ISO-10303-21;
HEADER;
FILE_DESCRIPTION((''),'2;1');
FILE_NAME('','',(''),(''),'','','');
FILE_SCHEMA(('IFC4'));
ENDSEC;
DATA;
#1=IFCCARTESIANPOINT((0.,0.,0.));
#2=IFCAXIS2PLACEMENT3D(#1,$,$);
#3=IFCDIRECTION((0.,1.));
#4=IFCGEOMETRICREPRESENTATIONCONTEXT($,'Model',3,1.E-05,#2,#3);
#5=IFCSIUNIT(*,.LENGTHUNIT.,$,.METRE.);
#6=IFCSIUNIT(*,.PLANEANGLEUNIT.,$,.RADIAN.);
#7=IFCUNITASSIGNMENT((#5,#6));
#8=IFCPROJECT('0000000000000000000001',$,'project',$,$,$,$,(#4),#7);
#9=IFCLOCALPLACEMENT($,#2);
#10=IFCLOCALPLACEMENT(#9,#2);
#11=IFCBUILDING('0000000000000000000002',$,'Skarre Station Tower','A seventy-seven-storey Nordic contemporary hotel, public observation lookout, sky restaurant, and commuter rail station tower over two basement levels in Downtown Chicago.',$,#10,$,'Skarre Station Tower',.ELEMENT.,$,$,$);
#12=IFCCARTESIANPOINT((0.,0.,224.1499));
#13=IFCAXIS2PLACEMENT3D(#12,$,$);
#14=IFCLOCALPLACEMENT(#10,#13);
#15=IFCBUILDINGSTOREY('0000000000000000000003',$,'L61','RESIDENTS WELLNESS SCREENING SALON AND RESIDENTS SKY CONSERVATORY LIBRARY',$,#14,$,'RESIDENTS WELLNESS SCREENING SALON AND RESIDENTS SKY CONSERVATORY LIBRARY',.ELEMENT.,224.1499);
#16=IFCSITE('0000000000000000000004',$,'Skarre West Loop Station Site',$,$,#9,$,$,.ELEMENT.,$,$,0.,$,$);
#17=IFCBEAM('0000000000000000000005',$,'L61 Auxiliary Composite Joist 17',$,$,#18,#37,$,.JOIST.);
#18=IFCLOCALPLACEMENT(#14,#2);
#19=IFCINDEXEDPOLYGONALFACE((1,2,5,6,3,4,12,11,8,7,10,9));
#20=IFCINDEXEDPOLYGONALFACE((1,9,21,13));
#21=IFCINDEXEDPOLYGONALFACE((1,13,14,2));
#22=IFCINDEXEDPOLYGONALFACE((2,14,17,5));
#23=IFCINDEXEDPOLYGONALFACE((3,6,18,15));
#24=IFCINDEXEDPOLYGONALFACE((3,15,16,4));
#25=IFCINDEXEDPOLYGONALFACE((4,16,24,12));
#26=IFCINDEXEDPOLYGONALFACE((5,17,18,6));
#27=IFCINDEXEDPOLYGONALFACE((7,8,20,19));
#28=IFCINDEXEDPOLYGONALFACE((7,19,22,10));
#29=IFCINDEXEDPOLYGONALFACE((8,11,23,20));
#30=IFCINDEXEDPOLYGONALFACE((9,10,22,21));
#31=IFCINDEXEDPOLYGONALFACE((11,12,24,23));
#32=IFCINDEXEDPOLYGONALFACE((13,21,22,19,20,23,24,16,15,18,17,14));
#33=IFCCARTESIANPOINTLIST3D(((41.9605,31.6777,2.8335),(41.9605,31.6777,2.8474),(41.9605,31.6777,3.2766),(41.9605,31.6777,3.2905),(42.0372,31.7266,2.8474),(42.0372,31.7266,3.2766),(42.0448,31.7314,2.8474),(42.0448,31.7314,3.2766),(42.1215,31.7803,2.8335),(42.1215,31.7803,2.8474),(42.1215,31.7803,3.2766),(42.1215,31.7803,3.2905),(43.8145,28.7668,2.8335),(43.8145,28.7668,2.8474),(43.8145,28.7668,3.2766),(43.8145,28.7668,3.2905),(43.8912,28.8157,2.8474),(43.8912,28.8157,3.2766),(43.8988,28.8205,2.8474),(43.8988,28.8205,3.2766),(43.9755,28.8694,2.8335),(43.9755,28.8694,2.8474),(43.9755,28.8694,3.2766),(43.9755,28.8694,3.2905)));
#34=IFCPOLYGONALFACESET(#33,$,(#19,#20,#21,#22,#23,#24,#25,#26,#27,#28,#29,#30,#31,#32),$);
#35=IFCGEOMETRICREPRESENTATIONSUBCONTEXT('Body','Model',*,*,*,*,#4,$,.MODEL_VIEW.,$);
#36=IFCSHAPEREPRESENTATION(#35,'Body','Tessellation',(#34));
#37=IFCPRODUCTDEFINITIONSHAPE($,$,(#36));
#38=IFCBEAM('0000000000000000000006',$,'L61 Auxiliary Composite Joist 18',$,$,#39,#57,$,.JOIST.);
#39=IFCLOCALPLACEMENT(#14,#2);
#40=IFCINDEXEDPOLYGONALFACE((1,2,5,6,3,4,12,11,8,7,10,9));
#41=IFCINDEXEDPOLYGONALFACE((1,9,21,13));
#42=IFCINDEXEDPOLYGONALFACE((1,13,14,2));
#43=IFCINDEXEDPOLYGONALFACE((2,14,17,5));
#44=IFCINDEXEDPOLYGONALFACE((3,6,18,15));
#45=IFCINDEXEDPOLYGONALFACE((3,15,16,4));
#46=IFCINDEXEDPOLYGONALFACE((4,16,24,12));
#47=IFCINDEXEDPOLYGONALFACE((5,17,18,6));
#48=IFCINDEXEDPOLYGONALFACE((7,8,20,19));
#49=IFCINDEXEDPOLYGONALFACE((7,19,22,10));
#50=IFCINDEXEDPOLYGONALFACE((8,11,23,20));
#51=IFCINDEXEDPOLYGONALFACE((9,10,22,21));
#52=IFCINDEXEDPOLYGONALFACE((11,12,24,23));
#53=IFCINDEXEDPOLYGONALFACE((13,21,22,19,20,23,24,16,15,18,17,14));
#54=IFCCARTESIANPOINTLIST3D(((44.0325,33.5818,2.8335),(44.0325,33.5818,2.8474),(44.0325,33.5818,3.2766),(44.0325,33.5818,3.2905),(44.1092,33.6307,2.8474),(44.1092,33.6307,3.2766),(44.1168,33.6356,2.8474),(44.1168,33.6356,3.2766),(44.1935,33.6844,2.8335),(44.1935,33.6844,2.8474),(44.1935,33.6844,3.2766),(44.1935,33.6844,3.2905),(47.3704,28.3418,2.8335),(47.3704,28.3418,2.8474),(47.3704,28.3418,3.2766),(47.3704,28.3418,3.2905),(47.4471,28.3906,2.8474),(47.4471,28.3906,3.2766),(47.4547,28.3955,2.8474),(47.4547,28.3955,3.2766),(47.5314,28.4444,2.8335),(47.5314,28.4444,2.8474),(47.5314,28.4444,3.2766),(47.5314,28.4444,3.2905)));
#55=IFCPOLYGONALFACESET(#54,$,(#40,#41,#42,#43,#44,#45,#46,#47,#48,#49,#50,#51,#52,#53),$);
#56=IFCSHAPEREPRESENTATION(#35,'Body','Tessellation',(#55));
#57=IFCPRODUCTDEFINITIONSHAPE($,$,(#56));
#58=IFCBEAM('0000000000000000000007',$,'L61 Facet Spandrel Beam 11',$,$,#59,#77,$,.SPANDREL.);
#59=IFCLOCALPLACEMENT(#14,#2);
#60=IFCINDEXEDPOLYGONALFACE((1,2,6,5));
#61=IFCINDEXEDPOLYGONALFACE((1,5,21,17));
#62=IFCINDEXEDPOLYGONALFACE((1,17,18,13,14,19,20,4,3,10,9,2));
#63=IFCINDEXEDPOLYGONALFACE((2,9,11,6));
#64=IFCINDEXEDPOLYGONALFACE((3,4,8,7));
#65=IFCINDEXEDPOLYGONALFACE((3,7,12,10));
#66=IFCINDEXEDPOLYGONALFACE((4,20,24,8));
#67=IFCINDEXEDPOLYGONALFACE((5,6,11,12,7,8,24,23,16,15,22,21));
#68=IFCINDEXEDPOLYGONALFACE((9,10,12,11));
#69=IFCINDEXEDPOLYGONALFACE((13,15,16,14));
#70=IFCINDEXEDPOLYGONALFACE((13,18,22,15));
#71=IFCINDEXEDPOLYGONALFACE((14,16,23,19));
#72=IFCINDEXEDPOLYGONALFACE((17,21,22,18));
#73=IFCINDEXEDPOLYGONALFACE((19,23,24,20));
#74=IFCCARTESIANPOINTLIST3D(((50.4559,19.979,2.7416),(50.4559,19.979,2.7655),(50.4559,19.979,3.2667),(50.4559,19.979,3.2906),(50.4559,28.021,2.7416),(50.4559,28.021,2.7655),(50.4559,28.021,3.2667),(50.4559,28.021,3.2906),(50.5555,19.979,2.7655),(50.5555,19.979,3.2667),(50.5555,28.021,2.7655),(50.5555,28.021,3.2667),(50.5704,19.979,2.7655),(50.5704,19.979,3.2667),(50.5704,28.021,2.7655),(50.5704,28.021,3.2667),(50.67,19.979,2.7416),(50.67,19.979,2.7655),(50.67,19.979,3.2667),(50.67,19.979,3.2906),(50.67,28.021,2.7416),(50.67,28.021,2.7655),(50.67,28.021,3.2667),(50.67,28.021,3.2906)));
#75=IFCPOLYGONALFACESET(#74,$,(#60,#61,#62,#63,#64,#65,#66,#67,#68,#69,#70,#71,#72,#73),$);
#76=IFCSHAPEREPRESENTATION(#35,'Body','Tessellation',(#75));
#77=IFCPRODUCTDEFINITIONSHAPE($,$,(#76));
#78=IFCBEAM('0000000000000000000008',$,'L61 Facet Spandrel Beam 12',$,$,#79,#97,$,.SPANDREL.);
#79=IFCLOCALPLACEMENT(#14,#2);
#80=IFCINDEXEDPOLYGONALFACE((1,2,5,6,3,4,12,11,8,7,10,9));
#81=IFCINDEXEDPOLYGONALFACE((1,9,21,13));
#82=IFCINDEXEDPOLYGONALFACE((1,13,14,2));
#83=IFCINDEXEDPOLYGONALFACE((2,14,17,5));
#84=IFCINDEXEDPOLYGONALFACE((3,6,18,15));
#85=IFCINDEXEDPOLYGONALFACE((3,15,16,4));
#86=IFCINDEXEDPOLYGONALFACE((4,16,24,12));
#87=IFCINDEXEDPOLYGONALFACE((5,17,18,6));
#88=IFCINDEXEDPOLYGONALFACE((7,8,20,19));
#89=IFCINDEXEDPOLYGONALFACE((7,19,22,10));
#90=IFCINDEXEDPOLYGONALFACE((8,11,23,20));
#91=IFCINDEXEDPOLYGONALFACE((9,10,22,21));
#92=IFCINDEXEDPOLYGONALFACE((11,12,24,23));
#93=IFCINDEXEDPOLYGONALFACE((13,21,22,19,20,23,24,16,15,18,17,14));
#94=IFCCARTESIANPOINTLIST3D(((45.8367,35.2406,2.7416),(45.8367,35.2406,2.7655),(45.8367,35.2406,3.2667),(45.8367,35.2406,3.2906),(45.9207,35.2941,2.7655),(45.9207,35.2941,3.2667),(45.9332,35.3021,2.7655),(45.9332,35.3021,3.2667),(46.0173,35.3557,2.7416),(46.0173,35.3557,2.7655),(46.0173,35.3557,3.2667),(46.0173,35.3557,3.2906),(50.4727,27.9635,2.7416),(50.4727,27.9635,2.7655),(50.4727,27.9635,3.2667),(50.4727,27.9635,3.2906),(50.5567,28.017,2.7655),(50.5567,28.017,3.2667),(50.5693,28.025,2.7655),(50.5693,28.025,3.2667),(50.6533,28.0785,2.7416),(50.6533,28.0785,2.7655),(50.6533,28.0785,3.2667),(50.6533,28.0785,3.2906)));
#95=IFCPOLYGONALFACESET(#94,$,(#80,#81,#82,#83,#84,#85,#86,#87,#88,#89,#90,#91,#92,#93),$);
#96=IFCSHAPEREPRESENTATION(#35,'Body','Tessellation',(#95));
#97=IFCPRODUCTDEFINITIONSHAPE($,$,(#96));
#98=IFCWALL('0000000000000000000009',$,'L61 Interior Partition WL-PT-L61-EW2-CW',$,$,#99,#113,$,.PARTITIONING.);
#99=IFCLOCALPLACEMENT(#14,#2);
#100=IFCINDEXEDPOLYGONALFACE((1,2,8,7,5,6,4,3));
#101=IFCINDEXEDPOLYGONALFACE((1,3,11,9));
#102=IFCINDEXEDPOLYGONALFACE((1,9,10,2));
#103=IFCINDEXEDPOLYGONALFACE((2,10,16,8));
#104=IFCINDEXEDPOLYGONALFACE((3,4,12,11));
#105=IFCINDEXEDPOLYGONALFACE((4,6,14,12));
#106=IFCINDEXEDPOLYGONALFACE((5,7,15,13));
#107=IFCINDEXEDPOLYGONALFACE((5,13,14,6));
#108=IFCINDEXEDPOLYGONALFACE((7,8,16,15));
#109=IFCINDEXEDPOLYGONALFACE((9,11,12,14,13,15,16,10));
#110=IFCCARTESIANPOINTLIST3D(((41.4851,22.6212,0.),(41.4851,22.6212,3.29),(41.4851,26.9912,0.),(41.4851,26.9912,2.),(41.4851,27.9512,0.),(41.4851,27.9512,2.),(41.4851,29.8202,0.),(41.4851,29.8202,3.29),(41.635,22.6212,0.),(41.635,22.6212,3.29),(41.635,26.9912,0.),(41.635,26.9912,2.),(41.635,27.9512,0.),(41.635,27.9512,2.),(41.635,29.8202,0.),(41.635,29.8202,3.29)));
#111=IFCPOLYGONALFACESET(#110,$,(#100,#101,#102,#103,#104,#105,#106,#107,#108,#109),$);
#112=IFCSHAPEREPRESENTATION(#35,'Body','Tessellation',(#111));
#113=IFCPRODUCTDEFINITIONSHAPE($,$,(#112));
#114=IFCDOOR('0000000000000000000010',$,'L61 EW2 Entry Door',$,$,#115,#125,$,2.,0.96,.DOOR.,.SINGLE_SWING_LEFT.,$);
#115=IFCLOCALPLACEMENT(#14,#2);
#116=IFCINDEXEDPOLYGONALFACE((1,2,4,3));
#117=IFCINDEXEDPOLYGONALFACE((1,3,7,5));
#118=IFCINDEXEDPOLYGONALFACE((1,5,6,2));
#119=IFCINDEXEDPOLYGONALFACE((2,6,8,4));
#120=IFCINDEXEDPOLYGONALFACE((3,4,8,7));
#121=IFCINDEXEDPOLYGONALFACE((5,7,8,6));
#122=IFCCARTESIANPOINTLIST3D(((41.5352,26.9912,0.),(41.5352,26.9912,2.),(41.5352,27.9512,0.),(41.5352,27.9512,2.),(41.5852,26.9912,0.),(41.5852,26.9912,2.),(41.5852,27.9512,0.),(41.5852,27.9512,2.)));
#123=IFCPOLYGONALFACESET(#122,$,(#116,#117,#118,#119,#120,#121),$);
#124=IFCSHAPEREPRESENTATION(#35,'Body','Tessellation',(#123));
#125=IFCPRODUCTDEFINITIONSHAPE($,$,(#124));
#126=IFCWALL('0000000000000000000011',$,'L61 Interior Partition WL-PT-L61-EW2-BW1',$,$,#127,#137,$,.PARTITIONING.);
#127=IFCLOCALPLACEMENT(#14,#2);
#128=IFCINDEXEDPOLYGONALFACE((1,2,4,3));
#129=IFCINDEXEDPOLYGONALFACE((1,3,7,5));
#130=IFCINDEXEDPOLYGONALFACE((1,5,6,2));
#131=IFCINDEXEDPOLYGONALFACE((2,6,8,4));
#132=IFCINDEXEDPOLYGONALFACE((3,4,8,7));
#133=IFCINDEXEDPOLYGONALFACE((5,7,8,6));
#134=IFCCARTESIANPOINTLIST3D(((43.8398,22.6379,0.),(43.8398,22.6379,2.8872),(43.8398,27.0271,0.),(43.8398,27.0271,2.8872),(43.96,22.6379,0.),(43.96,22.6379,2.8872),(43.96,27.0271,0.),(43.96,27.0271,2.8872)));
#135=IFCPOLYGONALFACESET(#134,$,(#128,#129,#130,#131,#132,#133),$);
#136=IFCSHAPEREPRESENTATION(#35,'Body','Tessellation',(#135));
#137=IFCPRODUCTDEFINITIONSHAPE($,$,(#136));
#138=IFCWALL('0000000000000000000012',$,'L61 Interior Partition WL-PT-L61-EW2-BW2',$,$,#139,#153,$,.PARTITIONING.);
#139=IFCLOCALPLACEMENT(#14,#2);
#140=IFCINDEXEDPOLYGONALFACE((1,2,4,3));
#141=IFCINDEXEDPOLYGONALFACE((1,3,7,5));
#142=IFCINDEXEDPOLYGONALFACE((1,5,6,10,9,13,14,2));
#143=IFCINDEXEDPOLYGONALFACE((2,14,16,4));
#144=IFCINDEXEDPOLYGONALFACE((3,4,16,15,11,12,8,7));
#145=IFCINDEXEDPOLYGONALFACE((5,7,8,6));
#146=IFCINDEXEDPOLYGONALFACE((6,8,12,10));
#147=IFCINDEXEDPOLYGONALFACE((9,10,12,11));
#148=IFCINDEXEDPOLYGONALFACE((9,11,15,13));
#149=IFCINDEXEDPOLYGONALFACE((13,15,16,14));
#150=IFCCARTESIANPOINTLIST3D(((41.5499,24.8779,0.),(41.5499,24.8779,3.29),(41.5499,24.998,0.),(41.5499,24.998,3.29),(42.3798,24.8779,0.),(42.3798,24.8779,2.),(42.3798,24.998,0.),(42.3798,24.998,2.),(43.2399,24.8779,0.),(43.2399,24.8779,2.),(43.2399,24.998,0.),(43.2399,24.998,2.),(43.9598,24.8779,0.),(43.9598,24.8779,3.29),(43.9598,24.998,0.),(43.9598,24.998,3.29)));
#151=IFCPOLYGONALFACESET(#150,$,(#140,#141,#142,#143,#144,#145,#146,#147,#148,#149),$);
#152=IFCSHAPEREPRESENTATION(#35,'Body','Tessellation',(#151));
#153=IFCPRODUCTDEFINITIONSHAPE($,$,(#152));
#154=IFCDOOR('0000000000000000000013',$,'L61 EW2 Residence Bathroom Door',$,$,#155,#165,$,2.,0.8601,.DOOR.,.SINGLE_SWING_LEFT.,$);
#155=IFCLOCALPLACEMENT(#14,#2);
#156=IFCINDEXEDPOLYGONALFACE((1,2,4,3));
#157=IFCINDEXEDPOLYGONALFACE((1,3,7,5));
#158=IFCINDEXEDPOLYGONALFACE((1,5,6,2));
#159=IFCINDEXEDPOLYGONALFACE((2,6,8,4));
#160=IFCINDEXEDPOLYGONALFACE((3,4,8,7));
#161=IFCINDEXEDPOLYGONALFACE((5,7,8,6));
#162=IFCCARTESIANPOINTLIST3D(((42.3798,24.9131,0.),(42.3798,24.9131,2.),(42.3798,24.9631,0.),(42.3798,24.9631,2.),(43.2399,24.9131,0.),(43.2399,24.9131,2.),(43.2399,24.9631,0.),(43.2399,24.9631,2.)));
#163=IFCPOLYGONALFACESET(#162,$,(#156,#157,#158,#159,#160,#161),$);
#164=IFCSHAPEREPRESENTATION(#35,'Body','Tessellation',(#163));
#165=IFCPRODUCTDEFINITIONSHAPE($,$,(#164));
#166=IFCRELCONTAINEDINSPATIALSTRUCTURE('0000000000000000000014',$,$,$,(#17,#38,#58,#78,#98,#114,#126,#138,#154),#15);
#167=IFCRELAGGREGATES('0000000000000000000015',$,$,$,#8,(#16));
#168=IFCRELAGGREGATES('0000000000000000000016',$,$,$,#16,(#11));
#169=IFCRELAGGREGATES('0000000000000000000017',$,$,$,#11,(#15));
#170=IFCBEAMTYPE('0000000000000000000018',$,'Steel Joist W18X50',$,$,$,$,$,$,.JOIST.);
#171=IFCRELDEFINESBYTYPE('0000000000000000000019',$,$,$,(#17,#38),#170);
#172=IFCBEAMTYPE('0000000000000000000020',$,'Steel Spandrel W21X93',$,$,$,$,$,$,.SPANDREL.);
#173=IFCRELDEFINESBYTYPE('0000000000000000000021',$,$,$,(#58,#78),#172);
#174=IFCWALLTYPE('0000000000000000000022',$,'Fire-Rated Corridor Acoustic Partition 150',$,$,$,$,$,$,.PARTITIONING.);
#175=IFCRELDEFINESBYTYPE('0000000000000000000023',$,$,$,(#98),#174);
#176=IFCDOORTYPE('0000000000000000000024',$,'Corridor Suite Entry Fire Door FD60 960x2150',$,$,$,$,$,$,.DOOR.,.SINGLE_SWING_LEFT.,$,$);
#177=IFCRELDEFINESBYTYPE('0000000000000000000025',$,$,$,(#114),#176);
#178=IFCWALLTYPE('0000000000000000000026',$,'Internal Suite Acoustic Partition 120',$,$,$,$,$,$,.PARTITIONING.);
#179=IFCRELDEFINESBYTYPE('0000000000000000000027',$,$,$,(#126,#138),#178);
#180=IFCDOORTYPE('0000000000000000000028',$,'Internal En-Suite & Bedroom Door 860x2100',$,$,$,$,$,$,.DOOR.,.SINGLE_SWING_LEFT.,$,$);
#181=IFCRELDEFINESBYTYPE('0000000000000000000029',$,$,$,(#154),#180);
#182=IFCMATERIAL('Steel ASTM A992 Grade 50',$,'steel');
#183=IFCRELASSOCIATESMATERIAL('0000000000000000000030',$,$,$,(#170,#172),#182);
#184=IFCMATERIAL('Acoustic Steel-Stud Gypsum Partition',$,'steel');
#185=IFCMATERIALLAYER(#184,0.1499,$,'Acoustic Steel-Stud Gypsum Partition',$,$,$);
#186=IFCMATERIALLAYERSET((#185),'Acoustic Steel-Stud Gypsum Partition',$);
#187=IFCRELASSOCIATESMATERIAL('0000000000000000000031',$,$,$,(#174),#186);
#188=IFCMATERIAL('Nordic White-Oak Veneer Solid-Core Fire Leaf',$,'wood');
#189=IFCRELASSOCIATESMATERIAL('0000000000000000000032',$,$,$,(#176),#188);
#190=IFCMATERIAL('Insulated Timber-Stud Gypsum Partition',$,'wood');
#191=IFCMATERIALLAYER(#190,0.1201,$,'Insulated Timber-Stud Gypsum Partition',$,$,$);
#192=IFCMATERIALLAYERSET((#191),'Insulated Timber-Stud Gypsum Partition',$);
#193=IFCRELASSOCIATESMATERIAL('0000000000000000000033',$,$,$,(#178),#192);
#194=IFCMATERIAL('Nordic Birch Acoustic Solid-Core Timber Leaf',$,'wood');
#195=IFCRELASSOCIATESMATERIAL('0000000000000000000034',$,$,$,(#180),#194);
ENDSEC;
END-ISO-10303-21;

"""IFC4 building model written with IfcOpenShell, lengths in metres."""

from ifc_helpers import new_model, si_unit, direction, frame, frame_2d, origin, origin_2d, place, context, subcontext, project, spatial, rectangle, i_section, extrude, material, layer, layer_set, material_profile, profile_set, type_object, element, fill, save


model = new_model("IFC4")

# Units and contexts
model_context = context("Model", 3, precision=1e-05, world=origin(), true_north=direction((0.0, 1.0)))
body_context = subcontext(model_context, "Body", "Model", "MODEL_VIEW")
ifc_project = project(units=[si_unit("LENGTHUNIT", "METRE"), si_unit("PLANEANGLEUNIT", "RADIAN")], contexts=[model_context])

# Site, building, storey
site_placement = place(None, origin())
site = spatial("IfcSite", under=ifc_project, at=site_placement, Name="Skarre West Loop Station Site", CompositionType="ELEMENT", RefElevation=0.0)
building_placement = place(site_placement, origin())
building = spatial("IfcBuilding", under=site, at=building_placement, Name="Skarre Station Tower", Description="A seventy-seven-storey Nordic contemporary hotel, public observation lookout, sky restaurant, and commuter rail station tower over two basement levels in Downtown Chicago.", LongName="Skarre Station Tower", CompositionType="ELEMENT")
storey_placement = place(building_placement, frame((0.0, 0.0, 224.1499)))
storey = spatial("IfcBuildingStorey", under=building, at=storey_placement, Name="L61", Description="RESIDENTS WELLNESS SCREENING SALON AND RESIDENTS SKY CONSERVATORY LIBRARY", LongName="RESIDENTS WELLNESS SCREENING SALON AND RESIDENTS SKY CONSERVATORY LIBRARY", CompositionType="ELEMENT", Elevation=224.1499)

# Beams
ifc_material_1 = material(Name="Steel ASTM A992 Grade 50", Category="steel")
ifc_material_profile_1 = material_profile(ifc_material_1, i_section(OverallWidth=0.1909, OverallDepth=0.457, WebThickness=0.009, FlangeThickness=0.0139, at=origin_2d()), Name="Steel ASTM A992 Grade 50")
ifc_profile_set_1 = profile_set([ifc_material_profile_1], Name="Steel ASTM A992 Grade 50")
beam_type_1 = type_object("IfcBeamType", Name="Steel Joist W18X50", PredefinedType="JOIST", material=ifc_profile_set_1)
beam_1_placement = place(storey_placement, frame((43.895, 28.8181, 3.062), z_axis=(-0.53721, 0.843449, 0.0), x_axis=(-0.843449, -0.53721, 0.0)))
element("IfcBeam", 1, at=beam_1_placement, inside=storey, type_object=beam_type_1, Name="L61 Auxiliary Composite Joist 17", PredefinedType="JOIST", context=body_context, shape_type="SweptSolid", body=[
    extrude(i_section(OverallWidth=0.1909, OverallDepth=0.457, WebThickness=0.009, FlangeThickness=0.0139, at=origin_2d()), origin(), (0.0, 0.0, 1.0), 3.4512),
])
beam_2_placement = place(storey_placement, frame((47.4509, 28.3931, 3.062), z_axis=(-0.537259, 0.843417, 0.0), x_axis=(-0.843417, -0.537259, 0.0)))
element("IfcBeam", 2, at=beam_2_placement, inside=storey, type_object=beam_type_1, Name="L61 Auxiliary Composite Joist 18", PredefinedType="JOIST", context=body_context, shape_type="SweptSolid", body=[
    extrude(i_section(OverallWidth=0.1909, OverallDepth=0.457, WebThickness=0.009, FlangeThickness=0.0139, at=origin_2d()), origin(), (0.0, 0.0, 1.0), 6.2129),
])
ifc_material_profile_2 = material_profile(ifc_material_1, i_section(OverallWidth=0.2141, OverallDepth=0.5491, WebThickness=0.0149, FlangeThickness=0.0239, at=origin_2d()), Name="Steel ASTM A992 Grade 50")
ifc_profile_set_2 = profile_set([ifc_material_profile_2], Name="Steel ASTM A992 Grade 50")
beam_type_2 = type_object("IfcBeamType", Name="Steel Spandrel W21X93", PredefinedType="SPANDREL", material=ifc_profile_set_2)
beam_3_placement = place(storey_placement, frame((50.563, 19.979, 3.0161), z_axis=(0.0, 1.0, 0.0), x_axis=(-1.0, 0.0, 0.0)))
element("IfcBeam", 3, at=beam_3_placement, inside=storey, type_object=beam_type_2, Name="L61 Facet Spandrel Beam 11", PredefinedType="SPANDREL", context=body_context, shape_type="SweptSolid", body=[
    extrude(i_section(OverallWidth=0.2141, OverallDepth=0.5491, WebThickness=0.0149, FlangeThickness=0.0239, at=origin_2d()), origin(), (0.0, 0.0, 1.0), 8.042),
])
beam_4_placement = place(storey_placement, frame((50.563, 28.021, 3.0161), z_axis=(-0.537297, 0.843393, 0.0), x_axis=(-0.843393, -0.537297, 0.0)))
element("IfcBeam", 4, at=beam_4_placement, inside=storey, type_object=beam_type_2, Name="L61 Facet Spandrel Beam 12", PredefinedType="SPANDREL", context=body_context, shape_type="SweptSolid", body=[
    extrude(i_section(OverallWidth=0.2141, OverallDepth=0.5491, WebThickness=0.0149, FlangeThickness=0.0239, at=origin_2d()), origin(), (0.0, 0.0, 1.0), 8.6284),
])

# Wall, opening, door
ifc_material_2 = material(Name="Acoustic Steel-Stud Gypsum Partition", Category="steel")
ifc_layer_1 = layer(ifc_material_2, 0.1499, Name="Acoustic Steel-Stud Gypsum Partition")
ifc_layer_set_1 = layer_set([ifc_layer_1], Name="Acoustic Steel-Stud Gypsum Partition")
wall_type_1 = type_object("IfcWallType", Name="Fire-Rated Corridor Acoustic Partition 150", PredefinedType="PARTITIONING", material=ifc_layer_set_1)
wall_1_placement = place(storey_placement, frame((41.5601, 22.6211, 0.0), z_axis=(0.0, 0.0, 1.0), x_axis=(0.0, 1.0, 0.0)))
wall_1 = element("IfcWall", 5, at=wall_1_placement, inside=storey, type_object=wall_type_1, Name="L61 Interior Partition WL-PT-L61-EW2-CW", PredefinedType="PARTITIONING", context=body_context, shape_type="SweptSolid", body=[
    extrude(rectangle(XDim=7.199, YDim=0.1499, at=frame_2d((3.5996, 0.0))), origin(), (0.0, 0.0, 1.0), 3.29),
])
opening_1_placement = place(wall_1_placement, frame((4.3701, 0.0, 0.0)))
opening_1 = element("IfcOpeningElement", 6, at=opening_1_placement, cuts=wall_1, PredefinedType="OPENING", context=body_context, shape_type="SweptSolid", body=[
    extrude(rectangle(XDim=0.96, YDim=2.0, at=frame_2d((0.48, 1.0))), frame((0.0, 0.085, 0.0), z_axis=(0.0, -1.0, 0.0), x_axis=(1.0, 0.0, 0.0)), (0.0, 0.0, 1.0), 0.1699),
])
ifc_material_3 = material(Name="Nordic White-Oak Veneer Solid-Core Fire Leaf", Category="wood")
door_type_1 = type_object("IfcDoorType", Name="Corridor Suite Entry Fire Door FD60 960x2150", OperationType="SINGLE_SWING_LEFT", PredefinedType="DOOR", material=ifc_material_3)
door_1_placement = place(opening_1_placement, origin())
door_1 = element("IfcDoor", 7, at=door_1_placement, inside=storey, type_object=door_type_1, Name="L61 EW2 Entry Door", OperationType="SINGLE_SWING_LEFT", OverallHeight=2.0, OverallWidth=0.96, PredefinedType="DOOR", context=body_context, shape_type="SweptSolid", body=[
    extrude(rectangle(XDim=0.96, YDim=2.0, at=frame_2d((0.48, 1.0))), frame((0.0, 0.0249, 0.0), z_axis=(0.0, -1.0, 0.0), x_axis=(1.0, 0.0, 0.0)), (0.0, 0.0, 1.0), 0.05),
])
fill(opening_1, door_1)

# Wall
ifc_material_4 = material(Name="Insulated Timber-Stud Gypsum Partition", Category="wood")
ifc_layer_2 = layer(ifc_material_4, 0.1201, Name="Insulated Timber-Stud Gypsum Partition")
ifc_layer_set_2 = layer_set([ifc_layer_2], Name="Insulated Timber-Stud Gypsum Partition")
wall_type_2 = type_object("IfcWallType", Name="Internal Suite Acoustic Partition 120", PredefinedType="PARTITIONING", material=ifc_layer_set_2)
wall_2_placement = place(storey_placement, frame((43.8999, 22.6379, 0.0), z_axis=(0.0, 0.0, 1.0), x_axis=(0.0, 1.0, 0.0)))
element("IfcWall", 8, at=wall_2_placement, inside=storey, type_object=wall_type_2, Name="L61 Interior Partition WL-PT-L61-EW2-BW1", PredefinedType="PARTITIONING", context=body_context, shape_type="SweptSolid", body=[
    extrude(rectangle(XDim=4.3892, YDim=0.1201, at=frame_2d((2.1946, 0.0))), origin(), (0.0, 0.0, 1.0), 2.8872),
])

# Wall, opening, door
wall_3_placement = place(storey_placement, frame((43.96, 24.938, 0.0), z_axis=(0.0, 0.0, 1.0), x_axis=(-1.0, 0.0, 0.0)))
wall_3 = element("IfcWall", 9, at=wall_3_placement, inside=storey, type_object=wall_type_2, Name="L61 Interior Partition WL-PT-L61-EW2-BW2", PredefinedType="PARTITIONING", context=body_context, shape_type="SweptSolid", body=[
    extrude(rectangle(XDim=2.4099, YDim=0.1201, at=frame_2d((1.2051, 0.0))), origin(), (0.0, 0.0, 1.0), 3.29),
])
opening_2_placement = place(wall_3_placement, frame((0.72, 0.0, 0.0)))
opening_2 = element("IfcOpeningElement", 10, at=opening_2_placement, cuts=wall_3, PredefinedType="OPENING", context=body_context, shape_type="SweptSolid", body=[
    extrude(rectangle(XDim=0.8601, YDim=2.0, at=frame_2d((0.4302, 1.0))), frame((0.0, 0.0701, 0.0), z_axis=(0.0, -1.0, 0.0), x_axis=(1.0, 0.0, 0.0)), (0.0, 0.0, 1.0), 0.1401),
])
ifc_material_5 = material(Name="Nordic Birch Acoustic Solid-Core Timber Leaf", Category="wood")
door_type_2 = type_object("IfcDoorType", Name="Internal En-Suite & Bedroom Door 860x2100", OperationType="SINGLE_SWING_LEFT", PredefinedType="DOOR", material=ifc_material_5)
door_2_placement = place(opening_2_placement, origin())
door_2 = element("IfcDoor", 11, at=door_2_placement, inside=storey, type_object=door_type_2, Name="L61 EW2 Residence Bathroom Door", OperationType="SINGLE_SWING_LEFT", OverallHeight=2.0, OverallWidth=0.8601, PredefinedType="DOOR", context=body_context, shape_type="SweptSolid", body=[
    extrude(rectangle(XDim=0.8601, YDim=2.0, at=frame_2d((0.4302, 1.0))), frame((0.0, 0.0249, 0.0), z_axis=(0.0, -1.0, 0.0), x_axis=(1.0, 0.0, 0.0)), (0.0, 0.0, 1.0), 0.05),
])
fill(opening_2, door_2)

save(model, "model.ifc")
